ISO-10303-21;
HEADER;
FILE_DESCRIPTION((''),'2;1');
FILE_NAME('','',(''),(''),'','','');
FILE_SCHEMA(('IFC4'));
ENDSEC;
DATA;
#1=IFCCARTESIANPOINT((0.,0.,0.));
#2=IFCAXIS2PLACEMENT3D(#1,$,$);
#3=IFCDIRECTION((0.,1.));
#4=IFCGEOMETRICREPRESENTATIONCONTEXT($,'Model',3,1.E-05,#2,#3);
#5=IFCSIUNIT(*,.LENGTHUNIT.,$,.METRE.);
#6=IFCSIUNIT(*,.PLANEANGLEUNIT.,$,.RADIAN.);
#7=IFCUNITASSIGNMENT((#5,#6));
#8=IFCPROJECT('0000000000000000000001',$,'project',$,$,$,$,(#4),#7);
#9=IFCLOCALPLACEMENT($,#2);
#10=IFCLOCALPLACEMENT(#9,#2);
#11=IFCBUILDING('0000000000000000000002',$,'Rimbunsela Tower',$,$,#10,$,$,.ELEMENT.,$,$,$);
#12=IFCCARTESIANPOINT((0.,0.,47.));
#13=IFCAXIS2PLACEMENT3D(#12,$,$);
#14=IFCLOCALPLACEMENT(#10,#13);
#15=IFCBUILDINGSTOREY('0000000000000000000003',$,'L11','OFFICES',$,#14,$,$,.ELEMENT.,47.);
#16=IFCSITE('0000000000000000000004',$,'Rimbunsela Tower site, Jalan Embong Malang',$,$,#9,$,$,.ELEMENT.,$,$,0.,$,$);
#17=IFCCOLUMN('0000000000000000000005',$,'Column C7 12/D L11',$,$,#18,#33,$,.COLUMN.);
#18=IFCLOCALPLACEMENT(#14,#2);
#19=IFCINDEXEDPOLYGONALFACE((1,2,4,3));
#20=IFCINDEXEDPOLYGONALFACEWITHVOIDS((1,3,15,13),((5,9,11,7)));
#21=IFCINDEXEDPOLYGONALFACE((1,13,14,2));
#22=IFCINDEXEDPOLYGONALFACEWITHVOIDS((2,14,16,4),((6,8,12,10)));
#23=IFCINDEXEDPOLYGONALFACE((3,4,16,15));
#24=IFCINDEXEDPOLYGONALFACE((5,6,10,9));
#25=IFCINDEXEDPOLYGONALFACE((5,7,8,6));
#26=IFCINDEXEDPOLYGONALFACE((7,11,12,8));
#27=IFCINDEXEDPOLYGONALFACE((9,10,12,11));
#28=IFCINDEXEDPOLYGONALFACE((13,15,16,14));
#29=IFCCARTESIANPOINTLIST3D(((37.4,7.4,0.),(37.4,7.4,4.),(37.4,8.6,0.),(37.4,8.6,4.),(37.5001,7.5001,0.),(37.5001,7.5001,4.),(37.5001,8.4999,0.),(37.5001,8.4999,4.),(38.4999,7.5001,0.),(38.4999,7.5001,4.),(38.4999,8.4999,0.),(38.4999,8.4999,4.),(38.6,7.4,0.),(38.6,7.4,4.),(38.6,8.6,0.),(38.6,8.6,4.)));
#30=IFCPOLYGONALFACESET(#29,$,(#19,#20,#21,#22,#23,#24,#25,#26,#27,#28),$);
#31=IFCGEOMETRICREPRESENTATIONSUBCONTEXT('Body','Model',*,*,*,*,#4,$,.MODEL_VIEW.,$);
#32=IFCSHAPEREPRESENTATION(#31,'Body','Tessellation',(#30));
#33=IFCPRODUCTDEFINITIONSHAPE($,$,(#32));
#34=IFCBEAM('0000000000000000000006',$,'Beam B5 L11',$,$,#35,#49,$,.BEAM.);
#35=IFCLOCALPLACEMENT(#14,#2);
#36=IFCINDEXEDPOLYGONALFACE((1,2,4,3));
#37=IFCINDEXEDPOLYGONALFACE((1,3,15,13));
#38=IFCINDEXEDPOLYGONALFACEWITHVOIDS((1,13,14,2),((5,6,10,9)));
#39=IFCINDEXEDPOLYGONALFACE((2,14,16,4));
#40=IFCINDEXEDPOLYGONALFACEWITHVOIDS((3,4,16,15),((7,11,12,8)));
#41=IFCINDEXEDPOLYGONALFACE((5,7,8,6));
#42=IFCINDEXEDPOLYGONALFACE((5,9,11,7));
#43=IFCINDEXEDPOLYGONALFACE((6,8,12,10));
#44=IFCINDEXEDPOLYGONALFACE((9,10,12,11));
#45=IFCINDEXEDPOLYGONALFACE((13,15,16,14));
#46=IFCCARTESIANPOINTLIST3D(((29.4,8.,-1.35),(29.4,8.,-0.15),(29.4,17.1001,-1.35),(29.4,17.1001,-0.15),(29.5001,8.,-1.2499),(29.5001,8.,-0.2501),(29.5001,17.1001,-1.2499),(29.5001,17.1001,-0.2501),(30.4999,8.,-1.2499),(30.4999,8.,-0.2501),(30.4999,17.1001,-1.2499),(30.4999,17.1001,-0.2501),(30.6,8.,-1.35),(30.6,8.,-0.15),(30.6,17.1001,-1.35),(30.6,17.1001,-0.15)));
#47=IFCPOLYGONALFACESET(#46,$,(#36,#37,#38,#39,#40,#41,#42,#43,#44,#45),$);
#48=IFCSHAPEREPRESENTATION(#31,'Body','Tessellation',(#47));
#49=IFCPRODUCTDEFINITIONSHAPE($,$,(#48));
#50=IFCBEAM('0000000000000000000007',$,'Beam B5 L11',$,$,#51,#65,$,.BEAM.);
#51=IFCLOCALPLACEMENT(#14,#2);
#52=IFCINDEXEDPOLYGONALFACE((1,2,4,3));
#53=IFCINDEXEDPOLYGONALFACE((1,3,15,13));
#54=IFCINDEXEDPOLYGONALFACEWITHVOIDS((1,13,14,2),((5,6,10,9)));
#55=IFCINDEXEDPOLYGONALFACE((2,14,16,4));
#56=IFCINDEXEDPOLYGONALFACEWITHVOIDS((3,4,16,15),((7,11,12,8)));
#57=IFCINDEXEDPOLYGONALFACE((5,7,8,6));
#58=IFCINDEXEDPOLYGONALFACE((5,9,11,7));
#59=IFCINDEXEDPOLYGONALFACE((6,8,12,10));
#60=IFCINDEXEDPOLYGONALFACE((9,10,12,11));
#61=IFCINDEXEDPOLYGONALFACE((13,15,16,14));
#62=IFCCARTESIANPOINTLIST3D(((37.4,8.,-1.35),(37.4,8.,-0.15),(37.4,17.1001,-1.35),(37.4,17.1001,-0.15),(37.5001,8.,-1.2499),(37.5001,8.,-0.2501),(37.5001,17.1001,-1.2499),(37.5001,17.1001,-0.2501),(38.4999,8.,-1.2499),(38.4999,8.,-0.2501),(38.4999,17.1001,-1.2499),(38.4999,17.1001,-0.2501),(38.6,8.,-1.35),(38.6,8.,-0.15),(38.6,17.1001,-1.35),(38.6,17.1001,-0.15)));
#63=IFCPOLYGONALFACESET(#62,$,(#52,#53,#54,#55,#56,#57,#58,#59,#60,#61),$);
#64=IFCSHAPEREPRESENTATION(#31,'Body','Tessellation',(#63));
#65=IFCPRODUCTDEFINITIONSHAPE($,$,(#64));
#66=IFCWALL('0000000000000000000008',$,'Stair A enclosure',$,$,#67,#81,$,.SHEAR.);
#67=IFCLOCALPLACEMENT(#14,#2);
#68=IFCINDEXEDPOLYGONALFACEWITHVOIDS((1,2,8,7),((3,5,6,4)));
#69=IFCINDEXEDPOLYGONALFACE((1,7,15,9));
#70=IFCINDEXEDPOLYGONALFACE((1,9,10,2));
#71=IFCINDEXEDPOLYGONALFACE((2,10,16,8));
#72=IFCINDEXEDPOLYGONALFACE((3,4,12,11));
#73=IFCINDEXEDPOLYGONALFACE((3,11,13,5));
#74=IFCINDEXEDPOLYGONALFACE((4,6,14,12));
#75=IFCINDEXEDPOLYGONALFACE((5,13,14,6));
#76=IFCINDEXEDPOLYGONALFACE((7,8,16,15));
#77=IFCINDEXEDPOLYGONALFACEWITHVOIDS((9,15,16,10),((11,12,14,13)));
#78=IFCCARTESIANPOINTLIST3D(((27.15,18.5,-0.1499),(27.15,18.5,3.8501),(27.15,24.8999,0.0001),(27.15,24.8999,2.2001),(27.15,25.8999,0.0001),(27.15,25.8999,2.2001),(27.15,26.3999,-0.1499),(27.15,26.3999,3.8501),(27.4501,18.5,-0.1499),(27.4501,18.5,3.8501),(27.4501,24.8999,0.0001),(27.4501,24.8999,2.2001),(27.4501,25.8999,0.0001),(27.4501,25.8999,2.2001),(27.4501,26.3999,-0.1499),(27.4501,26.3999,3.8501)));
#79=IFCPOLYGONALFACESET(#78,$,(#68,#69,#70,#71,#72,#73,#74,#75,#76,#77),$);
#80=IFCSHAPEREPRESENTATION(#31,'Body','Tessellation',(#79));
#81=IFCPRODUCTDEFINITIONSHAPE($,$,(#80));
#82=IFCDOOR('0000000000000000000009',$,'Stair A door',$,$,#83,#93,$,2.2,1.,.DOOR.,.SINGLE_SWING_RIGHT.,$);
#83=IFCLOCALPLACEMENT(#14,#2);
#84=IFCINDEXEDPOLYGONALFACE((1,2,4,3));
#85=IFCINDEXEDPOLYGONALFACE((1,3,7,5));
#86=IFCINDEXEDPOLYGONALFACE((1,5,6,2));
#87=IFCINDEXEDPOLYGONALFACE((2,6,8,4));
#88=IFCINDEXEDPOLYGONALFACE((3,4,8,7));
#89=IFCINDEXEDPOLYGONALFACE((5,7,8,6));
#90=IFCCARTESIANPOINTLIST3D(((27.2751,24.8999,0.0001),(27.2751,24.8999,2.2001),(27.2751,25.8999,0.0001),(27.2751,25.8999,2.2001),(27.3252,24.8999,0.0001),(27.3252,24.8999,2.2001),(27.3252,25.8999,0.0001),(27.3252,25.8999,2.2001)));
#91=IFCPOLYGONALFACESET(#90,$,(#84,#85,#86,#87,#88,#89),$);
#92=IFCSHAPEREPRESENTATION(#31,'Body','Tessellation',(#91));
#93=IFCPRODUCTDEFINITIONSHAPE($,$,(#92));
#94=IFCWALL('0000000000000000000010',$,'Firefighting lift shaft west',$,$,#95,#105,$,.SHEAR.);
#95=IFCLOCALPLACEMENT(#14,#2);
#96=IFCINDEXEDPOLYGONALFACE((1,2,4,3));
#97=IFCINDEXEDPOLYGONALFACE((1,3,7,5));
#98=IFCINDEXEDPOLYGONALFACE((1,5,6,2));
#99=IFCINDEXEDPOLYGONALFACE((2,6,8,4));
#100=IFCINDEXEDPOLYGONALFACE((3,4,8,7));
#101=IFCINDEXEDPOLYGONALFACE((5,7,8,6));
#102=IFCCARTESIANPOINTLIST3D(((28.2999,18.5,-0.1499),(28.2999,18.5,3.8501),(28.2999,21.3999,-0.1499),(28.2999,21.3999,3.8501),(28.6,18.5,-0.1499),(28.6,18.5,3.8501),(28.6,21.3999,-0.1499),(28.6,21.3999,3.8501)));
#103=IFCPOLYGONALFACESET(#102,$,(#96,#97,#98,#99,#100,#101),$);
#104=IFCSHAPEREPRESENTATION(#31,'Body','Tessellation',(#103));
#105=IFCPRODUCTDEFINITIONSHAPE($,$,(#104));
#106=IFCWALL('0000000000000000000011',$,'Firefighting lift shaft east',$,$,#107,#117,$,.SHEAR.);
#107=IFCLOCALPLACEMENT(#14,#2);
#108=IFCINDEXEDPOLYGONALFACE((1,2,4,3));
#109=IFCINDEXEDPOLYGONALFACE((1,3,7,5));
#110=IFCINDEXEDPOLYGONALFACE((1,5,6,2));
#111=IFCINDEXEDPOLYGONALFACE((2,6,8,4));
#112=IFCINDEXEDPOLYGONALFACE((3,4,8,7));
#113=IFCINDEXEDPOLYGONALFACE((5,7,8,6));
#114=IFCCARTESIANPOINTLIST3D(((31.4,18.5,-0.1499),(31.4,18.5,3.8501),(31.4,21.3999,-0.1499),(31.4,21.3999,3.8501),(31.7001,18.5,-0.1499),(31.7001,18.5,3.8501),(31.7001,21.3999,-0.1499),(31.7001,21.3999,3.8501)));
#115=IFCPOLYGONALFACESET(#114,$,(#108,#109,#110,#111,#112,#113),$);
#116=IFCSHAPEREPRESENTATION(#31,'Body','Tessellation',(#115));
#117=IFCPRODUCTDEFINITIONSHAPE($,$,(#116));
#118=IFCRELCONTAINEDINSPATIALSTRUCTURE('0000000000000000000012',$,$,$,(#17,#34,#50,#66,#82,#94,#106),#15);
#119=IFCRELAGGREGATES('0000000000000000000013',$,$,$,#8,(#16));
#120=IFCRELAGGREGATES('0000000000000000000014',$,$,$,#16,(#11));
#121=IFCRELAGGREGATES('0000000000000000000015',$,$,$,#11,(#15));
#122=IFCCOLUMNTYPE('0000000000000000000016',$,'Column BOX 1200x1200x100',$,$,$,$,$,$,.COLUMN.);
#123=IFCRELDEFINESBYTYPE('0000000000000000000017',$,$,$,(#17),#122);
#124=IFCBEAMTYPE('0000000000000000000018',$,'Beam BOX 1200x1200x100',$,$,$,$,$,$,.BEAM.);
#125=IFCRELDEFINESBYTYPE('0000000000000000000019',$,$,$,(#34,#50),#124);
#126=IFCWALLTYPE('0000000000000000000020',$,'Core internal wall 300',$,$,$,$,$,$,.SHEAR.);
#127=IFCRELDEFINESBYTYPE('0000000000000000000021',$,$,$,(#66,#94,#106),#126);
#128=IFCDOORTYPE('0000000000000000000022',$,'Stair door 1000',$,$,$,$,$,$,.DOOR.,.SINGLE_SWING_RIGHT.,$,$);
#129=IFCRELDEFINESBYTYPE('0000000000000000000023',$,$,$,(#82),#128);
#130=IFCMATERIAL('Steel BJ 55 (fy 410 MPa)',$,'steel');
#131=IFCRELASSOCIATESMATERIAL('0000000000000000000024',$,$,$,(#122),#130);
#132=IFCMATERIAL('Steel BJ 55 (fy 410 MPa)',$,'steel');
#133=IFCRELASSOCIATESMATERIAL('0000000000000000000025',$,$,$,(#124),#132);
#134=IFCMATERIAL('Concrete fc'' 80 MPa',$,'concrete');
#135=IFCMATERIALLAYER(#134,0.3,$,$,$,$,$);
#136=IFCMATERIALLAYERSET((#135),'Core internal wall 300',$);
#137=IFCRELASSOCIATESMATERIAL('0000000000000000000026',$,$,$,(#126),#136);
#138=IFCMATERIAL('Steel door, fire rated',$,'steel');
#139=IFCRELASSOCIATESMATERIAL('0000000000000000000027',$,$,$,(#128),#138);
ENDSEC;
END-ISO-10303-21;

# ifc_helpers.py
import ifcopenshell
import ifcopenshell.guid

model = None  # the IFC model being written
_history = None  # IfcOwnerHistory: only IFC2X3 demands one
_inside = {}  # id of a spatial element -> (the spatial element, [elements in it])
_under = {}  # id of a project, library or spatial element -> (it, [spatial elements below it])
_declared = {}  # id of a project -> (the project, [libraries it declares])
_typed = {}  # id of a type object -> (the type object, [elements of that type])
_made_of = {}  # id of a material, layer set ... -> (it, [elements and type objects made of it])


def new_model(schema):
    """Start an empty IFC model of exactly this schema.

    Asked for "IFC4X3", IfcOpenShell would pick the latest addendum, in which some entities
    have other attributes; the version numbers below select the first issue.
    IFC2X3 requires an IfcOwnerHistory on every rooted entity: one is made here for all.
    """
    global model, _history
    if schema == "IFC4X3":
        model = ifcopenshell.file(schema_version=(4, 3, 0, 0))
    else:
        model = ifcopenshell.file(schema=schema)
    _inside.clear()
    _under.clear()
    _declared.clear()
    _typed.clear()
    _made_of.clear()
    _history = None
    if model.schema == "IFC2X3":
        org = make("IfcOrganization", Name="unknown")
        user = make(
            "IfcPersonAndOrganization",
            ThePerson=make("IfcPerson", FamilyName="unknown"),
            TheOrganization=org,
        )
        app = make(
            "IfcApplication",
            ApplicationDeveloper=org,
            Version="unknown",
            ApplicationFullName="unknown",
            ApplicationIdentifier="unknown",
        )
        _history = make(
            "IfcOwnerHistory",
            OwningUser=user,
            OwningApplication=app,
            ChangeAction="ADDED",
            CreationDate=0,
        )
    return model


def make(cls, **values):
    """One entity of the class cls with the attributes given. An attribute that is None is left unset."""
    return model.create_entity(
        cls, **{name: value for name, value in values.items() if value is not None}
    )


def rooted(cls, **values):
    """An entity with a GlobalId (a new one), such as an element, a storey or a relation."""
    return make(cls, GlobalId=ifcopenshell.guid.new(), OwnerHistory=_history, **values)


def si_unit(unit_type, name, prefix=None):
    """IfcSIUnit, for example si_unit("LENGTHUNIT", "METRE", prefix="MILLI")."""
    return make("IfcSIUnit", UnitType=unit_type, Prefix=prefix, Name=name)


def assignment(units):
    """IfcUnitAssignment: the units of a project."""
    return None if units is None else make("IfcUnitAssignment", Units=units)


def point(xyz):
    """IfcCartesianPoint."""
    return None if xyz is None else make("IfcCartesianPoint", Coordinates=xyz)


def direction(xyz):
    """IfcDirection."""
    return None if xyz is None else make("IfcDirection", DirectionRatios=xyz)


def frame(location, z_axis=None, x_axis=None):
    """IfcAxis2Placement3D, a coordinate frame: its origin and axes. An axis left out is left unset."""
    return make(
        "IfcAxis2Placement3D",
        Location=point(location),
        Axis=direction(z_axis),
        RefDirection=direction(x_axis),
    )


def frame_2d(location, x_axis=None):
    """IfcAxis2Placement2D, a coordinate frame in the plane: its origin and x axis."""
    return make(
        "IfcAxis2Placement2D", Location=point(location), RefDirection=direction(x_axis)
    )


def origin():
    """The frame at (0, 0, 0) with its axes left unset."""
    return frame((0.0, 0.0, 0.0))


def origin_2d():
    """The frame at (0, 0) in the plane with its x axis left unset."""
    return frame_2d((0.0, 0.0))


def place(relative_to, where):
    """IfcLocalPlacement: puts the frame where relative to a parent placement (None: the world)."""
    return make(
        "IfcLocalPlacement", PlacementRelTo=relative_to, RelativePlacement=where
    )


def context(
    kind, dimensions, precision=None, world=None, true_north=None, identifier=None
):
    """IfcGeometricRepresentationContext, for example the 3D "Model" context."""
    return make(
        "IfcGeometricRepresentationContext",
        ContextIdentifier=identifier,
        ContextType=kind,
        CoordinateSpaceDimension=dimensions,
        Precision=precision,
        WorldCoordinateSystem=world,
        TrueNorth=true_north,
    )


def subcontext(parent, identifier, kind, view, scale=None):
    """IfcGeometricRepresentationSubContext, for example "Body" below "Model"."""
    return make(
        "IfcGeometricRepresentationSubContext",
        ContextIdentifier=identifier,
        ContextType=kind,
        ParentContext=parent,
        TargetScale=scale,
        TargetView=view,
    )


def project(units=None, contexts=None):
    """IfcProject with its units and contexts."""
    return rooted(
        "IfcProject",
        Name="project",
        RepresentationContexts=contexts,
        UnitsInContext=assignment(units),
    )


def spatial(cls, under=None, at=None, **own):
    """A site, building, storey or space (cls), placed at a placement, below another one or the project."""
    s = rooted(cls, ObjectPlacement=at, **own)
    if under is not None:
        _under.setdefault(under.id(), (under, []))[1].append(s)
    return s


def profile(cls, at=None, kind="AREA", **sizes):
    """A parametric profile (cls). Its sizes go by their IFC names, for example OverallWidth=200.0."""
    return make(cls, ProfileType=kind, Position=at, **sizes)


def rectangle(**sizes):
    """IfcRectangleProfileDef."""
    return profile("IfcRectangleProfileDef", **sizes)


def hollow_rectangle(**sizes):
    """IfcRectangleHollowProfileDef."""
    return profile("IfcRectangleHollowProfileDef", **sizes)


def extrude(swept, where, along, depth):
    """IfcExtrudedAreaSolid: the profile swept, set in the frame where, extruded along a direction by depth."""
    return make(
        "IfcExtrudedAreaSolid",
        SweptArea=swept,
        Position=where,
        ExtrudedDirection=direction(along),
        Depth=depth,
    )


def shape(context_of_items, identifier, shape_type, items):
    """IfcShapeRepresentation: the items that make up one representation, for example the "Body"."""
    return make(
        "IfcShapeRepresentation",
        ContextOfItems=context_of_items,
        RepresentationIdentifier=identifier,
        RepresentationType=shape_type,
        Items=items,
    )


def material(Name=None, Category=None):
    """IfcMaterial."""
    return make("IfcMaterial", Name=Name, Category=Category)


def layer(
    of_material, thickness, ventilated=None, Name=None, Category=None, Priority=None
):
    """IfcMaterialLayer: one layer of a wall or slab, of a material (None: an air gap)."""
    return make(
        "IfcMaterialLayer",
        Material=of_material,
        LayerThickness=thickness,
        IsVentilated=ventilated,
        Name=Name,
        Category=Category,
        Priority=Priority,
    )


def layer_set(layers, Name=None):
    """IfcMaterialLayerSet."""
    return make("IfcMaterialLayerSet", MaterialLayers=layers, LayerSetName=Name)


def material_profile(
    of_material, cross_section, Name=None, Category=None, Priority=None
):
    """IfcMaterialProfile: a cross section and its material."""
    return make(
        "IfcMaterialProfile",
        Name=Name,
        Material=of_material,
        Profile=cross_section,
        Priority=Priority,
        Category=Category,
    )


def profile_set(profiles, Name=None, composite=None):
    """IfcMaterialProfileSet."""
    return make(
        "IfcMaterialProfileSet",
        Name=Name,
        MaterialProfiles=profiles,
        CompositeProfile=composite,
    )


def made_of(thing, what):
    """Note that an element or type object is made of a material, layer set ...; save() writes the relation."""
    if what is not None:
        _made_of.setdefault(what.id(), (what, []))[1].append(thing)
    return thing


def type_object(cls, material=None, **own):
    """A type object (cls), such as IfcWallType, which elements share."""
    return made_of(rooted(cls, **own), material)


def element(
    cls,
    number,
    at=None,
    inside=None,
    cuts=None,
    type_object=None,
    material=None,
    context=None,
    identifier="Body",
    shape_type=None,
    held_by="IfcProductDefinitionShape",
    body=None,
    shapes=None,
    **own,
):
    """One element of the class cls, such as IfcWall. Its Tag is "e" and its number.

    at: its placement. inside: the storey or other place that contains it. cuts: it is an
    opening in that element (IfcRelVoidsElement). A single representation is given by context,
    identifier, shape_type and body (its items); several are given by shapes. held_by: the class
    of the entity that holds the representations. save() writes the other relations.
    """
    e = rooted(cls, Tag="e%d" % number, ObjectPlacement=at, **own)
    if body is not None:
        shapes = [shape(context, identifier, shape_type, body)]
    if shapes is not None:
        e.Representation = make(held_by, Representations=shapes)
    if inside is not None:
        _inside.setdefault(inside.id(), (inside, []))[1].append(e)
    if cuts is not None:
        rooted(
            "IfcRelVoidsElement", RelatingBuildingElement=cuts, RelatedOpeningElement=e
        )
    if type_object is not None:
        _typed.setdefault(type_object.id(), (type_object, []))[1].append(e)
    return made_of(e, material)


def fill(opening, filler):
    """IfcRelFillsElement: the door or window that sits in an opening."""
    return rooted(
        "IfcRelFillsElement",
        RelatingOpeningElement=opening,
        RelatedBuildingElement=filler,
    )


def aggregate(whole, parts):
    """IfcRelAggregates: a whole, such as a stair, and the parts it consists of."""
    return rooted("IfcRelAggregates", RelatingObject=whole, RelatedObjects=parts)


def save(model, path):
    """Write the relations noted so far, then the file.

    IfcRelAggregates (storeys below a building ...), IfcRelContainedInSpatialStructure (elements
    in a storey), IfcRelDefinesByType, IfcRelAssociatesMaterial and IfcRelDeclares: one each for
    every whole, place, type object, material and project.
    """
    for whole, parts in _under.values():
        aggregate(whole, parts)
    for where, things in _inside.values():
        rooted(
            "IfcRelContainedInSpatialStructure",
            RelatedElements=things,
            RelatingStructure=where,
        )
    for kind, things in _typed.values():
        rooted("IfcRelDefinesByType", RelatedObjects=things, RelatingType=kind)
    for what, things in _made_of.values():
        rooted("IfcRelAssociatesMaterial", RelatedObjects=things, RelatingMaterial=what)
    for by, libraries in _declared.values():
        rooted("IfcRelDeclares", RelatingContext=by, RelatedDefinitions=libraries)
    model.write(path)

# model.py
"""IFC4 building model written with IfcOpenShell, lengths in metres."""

from ifc_helpers import new_model, si_unit, direction, frame, frame_2d, origin, origin_2d, place, context, subcontext, project, spatial, rectangle, hollow_rectangle, extrude, material, layer, layer_set, material_profile, profile_set, type_object, element, fill, save


model = new_model("IFC4")

# Units and contexts
model_context = context("Model", 3, precision=1e-05, world=origin(), true_north=direction((0.0, 1.0)))
body_context = subcontext(model_context, "Body", "Model", "MODEL_VIEW")
ifc_project = project(units=[si_unit("LENGTHUNIT", "METRE"), si_unit("PLANEANGLEUNIT", "RADIAN")], contexts=[model_context])

# Site, building, storey
site_placement = place(None, origin())
site = spatial("IfcSite", under=ifc_project, at=site_placement, Name="Rimbunsela Tower site, Jalan Embong Malang", CompositionType="ELEMENT", RefElevation=0.0)
building_placement = place(site_placement, origin())
building = spatial("IfcBuilding", under=site, at=building_placement, Name="Rimbunsela Tower", CompositionType="ELEMENT")
storey_placement = place(building_placement, frame((0.0, 0.0, 47.0)))
storey = spatial("IfcBuildingStorey", under=building, at=storey_placement, Name="L11", Description="OFFICES", CompositionType="ELEMENT", Elevation=47.0)

# Column
ifc_material_1 = material(Name="Steel BJ 55 (fy 410 MPa)", Category="steel")
ifc_material_profile_1 = material_profile(ifc_material_1, hollow_rectangle(XDim=1.2, YDim=1.2, WallThickness=0.1001, at=origin_2d()), Name="BOX 1200x1200x100")
ifc_profile_set_1 = profile_set([ifc_material_profile_1], Name="Steel BJ 55 (fy 410 MPa)")
column_type = type_object("IfcColumnType", Name="Column BOX 1200x1200x100", PredefinedType="COLUMN", material=ifc_profile_set_1)
column_placement = place(storey_placement, frame((38.0, 8.0, 0.0), z_axis=(0.0, 0.0, 1.0), x_axis=(1.0, 0.0, 0.0)))
element("IfcColumn", 1, at=column_placement, inside=storey, type_object=column_type, Name="Column C7 12/D L11", PredefinedType="COLUMN", context=body_context, shape_type="SweptSolid", body=[
    extrude(hollow_rectangle(XDim=1.2, YDim=1.2, WallThickness=0.1001, at=origin_2d()), origin(), (0.0, 0.0, 1.0), 4.0),
])

# Beams
ifc_material_2 = material(Name="Steel BJ 55 (fy 410 MPa)", Category="steel")
ifc_material_profile_2 = material_profile(ifc_material_2, hollow_rectangle(XDim=1.2, YDim=1.2, WallThickness=0.1001, at=origin_2d()), Name="BOX 1200x1200x100")
ifc_profile_set_2 = profile_set([ifc_material_profile_2], Name="Steel BJ 55 (fy 410 MPa)")
beam_type = type_object("IfcBeamType", Name="Beam BOX 1200x1200x100", PredefinedType="BEAM", material=ifc_profile_set_2)
for number, where, z_axis, x_axis, name in (
    (2, (30.0, 8.0, -0.75), (0.0, 1.0, 0.0), (-1.0, 0.0, 0.0), "Beam B5 L11"),
    (3, (38.0, 8.0, -0.75), (0.0, 1.0, 0.0), (-1.0, 0.0, 0.0), "Beam B5 L11"),
):
    element("IfcBeam", number, at=place(storey_placement, frame(where, z_axis=z_axis, x_axis=x_axis)), inside=storey, type_object=beam_type, Name=name, PredefinedType="BEAM", context=body_context, shape_type="SweptSolid", body=[
        extrude(hollow_rectangle(XDim=1.2, YDim=1.2, WallThickness=0.1001, at=origin_2d()), origin(), (0.0, 0.0, 1.0), 9.1001),
    ])

# Wall, opening, door
ifc_material_3 = material(Name="Concrete fc' 80 MPa", Category="concrete")
ifc_layer_1 = layer(ifc_material_3, 0.3)
ifc_layer_set_1 = layer_set([ifc_layer_1], Name="Core internal wall 300")
wall_type_1 = type_object("IfcWallType", Name="Core internal wall 300", PredefinedType="SHEAR", material=ifc_layer_set_1)
wall_1_placement = place(storey_placement, frame((27.3, 18.5, -0.1499), z_axis=(0.0, 0.0, 1.0), x_axis=(0.0, 1.0, 0.0)))
wall_1 = element("IfcWall", 4, at=wall_1_placement, inside=storey, type_object=wall_type_1, Name="Stair A enclosure", PredefinedType="SHEAR", context=body_context, shape_type="SweptSolid", body=[
    extrude(rectangle(XDim=7.8999, YDim=0.3, at=frame_2d((3.95, 0.0))), origin(), (0.0, 0.0, 1.0), 4.0),
])
opening_1_placement = place(wall_1_placement, frame((6.3999, 0.0, 0.1499)))
opening_1 = element("IfcOpeningElement", 5, at=opening_1_placement, cuts=wall_1, PredefinedType="OPENING", context=body_context, shape_type="SweptSolid", body=[
    extrude(rectangle(XDim=1.0, YDim=2.2, at=frame_2d((0.5, 1.1001))), frame((0.0, 0.1599, 0.0), z_axis=(0.0, -1.0, 0.0), x_axis=(1.0, 0.0, 0.0)), (0.0, 0.0, 1.0), 0.3201),
])
ifc_material_4 = material(Name="Steel door, fire rated", Category="steel")
door_type_1 = type_object("IfcDoorType", Name="Stair door 1000", OperationType="SINGLE_SWING_RIGHT", PredefinedType="DOOR", material=ifc_material_4)
door_1_placement = place(opening_1_placement, origin())
door_1 = element("IfcDoor", 6, at=door_1_placement, inside=storey, type_object=door_type_1, Name="Stair A door", OperationType="SINGLE_SWING_RIGHT", OverallHeight=2.2, OverallWidth=1.0, PredefinedType="DOOR", context=body_context, shape_type="SweptSolid", body=[
    extrude(rectangle(XDim=1.0, YDim=2.2, at=frame_2d((0.5, 1.1001))), frame((0.0, 0.0249, 0.0), z_axis=(0.0, -1.0, 0.0), x_axis=(1.0, 0.0, 0.0)), (0.0, 0.0, 1.0), 0.05),
])
fill(opening_1, door_1)

# Walls
for number, where, z_axis, x_axis, name in (
    (7, (28.45, 18.5, -0.1499), (0.0, 0.0, 1.0), (0.0, 1.0, 0.0), "Firefighting lift shaft west"),
    (8, (31.55, 18.5, -0.1499), (0.0, 0.0, 1.0), (0.0, 1.0, 0.0), "Firefighting lift shaft east"),
):
    element("IfcWall", number, at=place(storey_placement, frame(where, z_axis=z_axis, x_axis=x_axis)), inside=storey, type_object=wall_type_1, Name=name, PredefinedType="SHEAR", context=body_context, shape_type="SweptSolid", body=[
        extrude(rectangle(XDim=2.8999, YDim=0.3, at=frame_2d((1.45, 0.0))), origin(), (0.0, 0.0, 1.0), 4.0),
    ])

save(model, "model.ifc")
